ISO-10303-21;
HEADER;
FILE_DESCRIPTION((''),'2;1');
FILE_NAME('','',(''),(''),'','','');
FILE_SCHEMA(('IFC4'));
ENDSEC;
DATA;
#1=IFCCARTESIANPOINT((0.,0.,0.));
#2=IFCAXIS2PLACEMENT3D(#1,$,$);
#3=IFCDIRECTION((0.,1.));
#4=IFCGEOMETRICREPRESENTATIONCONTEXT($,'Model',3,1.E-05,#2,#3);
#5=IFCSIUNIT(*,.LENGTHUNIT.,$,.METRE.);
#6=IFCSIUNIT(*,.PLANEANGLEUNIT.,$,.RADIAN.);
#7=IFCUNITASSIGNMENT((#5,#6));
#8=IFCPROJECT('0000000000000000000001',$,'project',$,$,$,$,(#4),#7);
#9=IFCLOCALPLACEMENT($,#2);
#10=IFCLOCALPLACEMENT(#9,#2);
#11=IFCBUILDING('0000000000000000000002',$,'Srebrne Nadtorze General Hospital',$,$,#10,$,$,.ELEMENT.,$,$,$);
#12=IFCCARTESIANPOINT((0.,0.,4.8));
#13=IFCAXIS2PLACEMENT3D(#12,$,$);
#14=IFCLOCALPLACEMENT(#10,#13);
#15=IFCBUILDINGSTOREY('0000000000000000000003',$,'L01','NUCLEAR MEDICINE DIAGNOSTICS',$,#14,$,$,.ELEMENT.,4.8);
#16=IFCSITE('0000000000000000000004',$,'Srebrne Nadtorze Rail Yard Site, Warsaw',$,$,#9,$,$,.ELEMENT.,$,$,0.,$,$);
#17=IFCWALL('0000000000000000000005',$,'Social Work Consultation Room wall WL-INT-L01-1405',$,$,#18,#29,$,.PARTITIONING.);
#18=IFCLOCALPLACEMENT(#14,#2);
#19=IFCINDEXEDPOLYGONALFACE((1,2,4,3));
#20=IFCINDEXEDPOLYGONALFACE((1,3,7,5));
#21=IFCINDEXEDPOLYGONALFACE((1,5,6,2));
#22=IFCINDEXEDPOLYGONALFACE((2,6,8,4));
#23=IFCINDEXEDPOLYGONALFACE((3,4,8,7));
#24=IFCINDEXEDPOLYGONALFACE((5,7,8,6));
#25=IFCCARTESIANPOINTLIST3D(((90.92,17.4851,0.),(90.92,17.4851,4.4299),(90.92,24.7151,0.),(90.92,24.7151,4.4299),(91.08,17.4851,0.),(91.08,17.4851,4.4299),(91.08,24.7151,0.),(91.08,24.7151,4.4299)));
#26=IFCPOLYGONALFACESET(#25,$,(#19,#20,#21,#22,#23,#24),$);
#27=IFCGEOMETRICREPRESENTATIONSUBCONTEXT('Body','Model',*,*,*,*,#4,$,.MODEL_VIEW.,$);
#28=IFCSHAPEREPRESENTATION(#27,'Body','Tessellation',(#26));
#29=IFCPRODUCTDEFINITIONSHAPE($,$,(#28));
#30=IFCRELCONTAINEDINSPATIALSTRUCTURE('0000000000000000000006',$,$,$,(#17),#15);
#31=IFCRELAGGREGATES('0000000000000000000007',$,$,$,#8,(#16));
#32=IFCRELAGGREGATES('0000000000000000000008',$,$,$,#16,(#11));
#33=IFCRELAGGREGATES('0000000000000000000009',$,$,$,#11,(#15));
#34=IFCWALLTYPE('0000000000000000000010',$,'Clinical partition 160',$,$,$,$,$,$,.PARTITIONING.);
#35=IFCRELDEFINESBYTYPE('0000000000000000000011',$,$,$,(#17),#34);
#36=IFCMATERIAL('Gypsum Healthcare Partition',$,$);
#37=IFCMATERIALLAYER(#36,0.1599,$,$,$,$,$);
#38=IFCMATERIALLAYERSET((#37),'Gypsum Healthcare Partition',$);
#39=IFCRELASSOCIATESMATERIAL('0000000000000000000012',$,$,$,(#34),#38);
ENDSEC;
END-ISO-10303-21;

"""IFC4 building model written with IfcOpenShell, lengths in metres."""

from ifc_helpers import new_model, si_unit, direction, frame, frame_2d, origin, place, context, subcontext, project, spatial, rectangle, extrude, material, layer, layer_set, type_object, element, save


model = new_model("IFC4")

# Units and contexts
model_context = context("Model", 3, precision=1e-05, world=origin(), true_north=direction((0.0, 1.0)))
body_context = subcontext(model_context, "Body", "Model", "MODEL_VIEW")
ifc_project = project(units=[si_unit("LENGTHUNIT", "METRE"), si_unit("PLANEANGLEUNIT", "RADIAN")], contexts=[model_context])

# Site, building, storey
site_placement = place(None, origin())
site = spatial("IfcSite", under=ifc_project, at=site_placement, Name="Srebrne Nadtorze Rail Yard Site, Warsaw", CompositionType="ELEMENT", RefElevation=0.0)
building_placement = place(site_placement, origin())
building = spatial("IfcBuilding", under=site, at=building_placement, Name="Srebrne Nadtorze General Hospital", CompositionType="ELEMENT")
storey_placement = place(building_placement, frame((0.0, 0.0, 4.8)))
storey = spatial("IfcBuildingStorey", under=building, at=storey_placement, Name="L01", Description="NUCLEAR MEDICINE DIAGNOSTICS", CompositionType="ELEMENT", Elevation=4.8)

# Wall
ifc_material_1 = material(Name="Gypsum Healthcare Partition")
ifc_layer_1 = layer(ifc_material_1, 0.1599)
ifc_layer_set_1 = layer_set([ifc_layer_1], Name="Gypsum Healthcare Partition")
wall_type = type_object("IfcWallType", Name="Clinical partition 160", PredefinedType="PARTITIONING", material=ifc_layer_set_1)
wall_placement = place(storey_placement, frame((91.0, 17.4851, 0.0), z_axis=(0.0, 0.0, 1.0), x_axis=(0.0, 1.0, 0.0)))
element("IfcWall", 1, at=wall_placement, inside=storey, type_object=wall_type, Name="Social Work Consultation Room wall WL-INT-L01-1405", PredefinedType="PARTITIONING", context=body_context, shape_type="SweptSolid", body=[
    extrude(rectangle(XDim=7.23, YDim=0.1599, at=frame_2d((3.615, 0.0))), origin(), (0.0, 0.0, 1.0), 4.4299),
])

save(model, "model.ifc")
